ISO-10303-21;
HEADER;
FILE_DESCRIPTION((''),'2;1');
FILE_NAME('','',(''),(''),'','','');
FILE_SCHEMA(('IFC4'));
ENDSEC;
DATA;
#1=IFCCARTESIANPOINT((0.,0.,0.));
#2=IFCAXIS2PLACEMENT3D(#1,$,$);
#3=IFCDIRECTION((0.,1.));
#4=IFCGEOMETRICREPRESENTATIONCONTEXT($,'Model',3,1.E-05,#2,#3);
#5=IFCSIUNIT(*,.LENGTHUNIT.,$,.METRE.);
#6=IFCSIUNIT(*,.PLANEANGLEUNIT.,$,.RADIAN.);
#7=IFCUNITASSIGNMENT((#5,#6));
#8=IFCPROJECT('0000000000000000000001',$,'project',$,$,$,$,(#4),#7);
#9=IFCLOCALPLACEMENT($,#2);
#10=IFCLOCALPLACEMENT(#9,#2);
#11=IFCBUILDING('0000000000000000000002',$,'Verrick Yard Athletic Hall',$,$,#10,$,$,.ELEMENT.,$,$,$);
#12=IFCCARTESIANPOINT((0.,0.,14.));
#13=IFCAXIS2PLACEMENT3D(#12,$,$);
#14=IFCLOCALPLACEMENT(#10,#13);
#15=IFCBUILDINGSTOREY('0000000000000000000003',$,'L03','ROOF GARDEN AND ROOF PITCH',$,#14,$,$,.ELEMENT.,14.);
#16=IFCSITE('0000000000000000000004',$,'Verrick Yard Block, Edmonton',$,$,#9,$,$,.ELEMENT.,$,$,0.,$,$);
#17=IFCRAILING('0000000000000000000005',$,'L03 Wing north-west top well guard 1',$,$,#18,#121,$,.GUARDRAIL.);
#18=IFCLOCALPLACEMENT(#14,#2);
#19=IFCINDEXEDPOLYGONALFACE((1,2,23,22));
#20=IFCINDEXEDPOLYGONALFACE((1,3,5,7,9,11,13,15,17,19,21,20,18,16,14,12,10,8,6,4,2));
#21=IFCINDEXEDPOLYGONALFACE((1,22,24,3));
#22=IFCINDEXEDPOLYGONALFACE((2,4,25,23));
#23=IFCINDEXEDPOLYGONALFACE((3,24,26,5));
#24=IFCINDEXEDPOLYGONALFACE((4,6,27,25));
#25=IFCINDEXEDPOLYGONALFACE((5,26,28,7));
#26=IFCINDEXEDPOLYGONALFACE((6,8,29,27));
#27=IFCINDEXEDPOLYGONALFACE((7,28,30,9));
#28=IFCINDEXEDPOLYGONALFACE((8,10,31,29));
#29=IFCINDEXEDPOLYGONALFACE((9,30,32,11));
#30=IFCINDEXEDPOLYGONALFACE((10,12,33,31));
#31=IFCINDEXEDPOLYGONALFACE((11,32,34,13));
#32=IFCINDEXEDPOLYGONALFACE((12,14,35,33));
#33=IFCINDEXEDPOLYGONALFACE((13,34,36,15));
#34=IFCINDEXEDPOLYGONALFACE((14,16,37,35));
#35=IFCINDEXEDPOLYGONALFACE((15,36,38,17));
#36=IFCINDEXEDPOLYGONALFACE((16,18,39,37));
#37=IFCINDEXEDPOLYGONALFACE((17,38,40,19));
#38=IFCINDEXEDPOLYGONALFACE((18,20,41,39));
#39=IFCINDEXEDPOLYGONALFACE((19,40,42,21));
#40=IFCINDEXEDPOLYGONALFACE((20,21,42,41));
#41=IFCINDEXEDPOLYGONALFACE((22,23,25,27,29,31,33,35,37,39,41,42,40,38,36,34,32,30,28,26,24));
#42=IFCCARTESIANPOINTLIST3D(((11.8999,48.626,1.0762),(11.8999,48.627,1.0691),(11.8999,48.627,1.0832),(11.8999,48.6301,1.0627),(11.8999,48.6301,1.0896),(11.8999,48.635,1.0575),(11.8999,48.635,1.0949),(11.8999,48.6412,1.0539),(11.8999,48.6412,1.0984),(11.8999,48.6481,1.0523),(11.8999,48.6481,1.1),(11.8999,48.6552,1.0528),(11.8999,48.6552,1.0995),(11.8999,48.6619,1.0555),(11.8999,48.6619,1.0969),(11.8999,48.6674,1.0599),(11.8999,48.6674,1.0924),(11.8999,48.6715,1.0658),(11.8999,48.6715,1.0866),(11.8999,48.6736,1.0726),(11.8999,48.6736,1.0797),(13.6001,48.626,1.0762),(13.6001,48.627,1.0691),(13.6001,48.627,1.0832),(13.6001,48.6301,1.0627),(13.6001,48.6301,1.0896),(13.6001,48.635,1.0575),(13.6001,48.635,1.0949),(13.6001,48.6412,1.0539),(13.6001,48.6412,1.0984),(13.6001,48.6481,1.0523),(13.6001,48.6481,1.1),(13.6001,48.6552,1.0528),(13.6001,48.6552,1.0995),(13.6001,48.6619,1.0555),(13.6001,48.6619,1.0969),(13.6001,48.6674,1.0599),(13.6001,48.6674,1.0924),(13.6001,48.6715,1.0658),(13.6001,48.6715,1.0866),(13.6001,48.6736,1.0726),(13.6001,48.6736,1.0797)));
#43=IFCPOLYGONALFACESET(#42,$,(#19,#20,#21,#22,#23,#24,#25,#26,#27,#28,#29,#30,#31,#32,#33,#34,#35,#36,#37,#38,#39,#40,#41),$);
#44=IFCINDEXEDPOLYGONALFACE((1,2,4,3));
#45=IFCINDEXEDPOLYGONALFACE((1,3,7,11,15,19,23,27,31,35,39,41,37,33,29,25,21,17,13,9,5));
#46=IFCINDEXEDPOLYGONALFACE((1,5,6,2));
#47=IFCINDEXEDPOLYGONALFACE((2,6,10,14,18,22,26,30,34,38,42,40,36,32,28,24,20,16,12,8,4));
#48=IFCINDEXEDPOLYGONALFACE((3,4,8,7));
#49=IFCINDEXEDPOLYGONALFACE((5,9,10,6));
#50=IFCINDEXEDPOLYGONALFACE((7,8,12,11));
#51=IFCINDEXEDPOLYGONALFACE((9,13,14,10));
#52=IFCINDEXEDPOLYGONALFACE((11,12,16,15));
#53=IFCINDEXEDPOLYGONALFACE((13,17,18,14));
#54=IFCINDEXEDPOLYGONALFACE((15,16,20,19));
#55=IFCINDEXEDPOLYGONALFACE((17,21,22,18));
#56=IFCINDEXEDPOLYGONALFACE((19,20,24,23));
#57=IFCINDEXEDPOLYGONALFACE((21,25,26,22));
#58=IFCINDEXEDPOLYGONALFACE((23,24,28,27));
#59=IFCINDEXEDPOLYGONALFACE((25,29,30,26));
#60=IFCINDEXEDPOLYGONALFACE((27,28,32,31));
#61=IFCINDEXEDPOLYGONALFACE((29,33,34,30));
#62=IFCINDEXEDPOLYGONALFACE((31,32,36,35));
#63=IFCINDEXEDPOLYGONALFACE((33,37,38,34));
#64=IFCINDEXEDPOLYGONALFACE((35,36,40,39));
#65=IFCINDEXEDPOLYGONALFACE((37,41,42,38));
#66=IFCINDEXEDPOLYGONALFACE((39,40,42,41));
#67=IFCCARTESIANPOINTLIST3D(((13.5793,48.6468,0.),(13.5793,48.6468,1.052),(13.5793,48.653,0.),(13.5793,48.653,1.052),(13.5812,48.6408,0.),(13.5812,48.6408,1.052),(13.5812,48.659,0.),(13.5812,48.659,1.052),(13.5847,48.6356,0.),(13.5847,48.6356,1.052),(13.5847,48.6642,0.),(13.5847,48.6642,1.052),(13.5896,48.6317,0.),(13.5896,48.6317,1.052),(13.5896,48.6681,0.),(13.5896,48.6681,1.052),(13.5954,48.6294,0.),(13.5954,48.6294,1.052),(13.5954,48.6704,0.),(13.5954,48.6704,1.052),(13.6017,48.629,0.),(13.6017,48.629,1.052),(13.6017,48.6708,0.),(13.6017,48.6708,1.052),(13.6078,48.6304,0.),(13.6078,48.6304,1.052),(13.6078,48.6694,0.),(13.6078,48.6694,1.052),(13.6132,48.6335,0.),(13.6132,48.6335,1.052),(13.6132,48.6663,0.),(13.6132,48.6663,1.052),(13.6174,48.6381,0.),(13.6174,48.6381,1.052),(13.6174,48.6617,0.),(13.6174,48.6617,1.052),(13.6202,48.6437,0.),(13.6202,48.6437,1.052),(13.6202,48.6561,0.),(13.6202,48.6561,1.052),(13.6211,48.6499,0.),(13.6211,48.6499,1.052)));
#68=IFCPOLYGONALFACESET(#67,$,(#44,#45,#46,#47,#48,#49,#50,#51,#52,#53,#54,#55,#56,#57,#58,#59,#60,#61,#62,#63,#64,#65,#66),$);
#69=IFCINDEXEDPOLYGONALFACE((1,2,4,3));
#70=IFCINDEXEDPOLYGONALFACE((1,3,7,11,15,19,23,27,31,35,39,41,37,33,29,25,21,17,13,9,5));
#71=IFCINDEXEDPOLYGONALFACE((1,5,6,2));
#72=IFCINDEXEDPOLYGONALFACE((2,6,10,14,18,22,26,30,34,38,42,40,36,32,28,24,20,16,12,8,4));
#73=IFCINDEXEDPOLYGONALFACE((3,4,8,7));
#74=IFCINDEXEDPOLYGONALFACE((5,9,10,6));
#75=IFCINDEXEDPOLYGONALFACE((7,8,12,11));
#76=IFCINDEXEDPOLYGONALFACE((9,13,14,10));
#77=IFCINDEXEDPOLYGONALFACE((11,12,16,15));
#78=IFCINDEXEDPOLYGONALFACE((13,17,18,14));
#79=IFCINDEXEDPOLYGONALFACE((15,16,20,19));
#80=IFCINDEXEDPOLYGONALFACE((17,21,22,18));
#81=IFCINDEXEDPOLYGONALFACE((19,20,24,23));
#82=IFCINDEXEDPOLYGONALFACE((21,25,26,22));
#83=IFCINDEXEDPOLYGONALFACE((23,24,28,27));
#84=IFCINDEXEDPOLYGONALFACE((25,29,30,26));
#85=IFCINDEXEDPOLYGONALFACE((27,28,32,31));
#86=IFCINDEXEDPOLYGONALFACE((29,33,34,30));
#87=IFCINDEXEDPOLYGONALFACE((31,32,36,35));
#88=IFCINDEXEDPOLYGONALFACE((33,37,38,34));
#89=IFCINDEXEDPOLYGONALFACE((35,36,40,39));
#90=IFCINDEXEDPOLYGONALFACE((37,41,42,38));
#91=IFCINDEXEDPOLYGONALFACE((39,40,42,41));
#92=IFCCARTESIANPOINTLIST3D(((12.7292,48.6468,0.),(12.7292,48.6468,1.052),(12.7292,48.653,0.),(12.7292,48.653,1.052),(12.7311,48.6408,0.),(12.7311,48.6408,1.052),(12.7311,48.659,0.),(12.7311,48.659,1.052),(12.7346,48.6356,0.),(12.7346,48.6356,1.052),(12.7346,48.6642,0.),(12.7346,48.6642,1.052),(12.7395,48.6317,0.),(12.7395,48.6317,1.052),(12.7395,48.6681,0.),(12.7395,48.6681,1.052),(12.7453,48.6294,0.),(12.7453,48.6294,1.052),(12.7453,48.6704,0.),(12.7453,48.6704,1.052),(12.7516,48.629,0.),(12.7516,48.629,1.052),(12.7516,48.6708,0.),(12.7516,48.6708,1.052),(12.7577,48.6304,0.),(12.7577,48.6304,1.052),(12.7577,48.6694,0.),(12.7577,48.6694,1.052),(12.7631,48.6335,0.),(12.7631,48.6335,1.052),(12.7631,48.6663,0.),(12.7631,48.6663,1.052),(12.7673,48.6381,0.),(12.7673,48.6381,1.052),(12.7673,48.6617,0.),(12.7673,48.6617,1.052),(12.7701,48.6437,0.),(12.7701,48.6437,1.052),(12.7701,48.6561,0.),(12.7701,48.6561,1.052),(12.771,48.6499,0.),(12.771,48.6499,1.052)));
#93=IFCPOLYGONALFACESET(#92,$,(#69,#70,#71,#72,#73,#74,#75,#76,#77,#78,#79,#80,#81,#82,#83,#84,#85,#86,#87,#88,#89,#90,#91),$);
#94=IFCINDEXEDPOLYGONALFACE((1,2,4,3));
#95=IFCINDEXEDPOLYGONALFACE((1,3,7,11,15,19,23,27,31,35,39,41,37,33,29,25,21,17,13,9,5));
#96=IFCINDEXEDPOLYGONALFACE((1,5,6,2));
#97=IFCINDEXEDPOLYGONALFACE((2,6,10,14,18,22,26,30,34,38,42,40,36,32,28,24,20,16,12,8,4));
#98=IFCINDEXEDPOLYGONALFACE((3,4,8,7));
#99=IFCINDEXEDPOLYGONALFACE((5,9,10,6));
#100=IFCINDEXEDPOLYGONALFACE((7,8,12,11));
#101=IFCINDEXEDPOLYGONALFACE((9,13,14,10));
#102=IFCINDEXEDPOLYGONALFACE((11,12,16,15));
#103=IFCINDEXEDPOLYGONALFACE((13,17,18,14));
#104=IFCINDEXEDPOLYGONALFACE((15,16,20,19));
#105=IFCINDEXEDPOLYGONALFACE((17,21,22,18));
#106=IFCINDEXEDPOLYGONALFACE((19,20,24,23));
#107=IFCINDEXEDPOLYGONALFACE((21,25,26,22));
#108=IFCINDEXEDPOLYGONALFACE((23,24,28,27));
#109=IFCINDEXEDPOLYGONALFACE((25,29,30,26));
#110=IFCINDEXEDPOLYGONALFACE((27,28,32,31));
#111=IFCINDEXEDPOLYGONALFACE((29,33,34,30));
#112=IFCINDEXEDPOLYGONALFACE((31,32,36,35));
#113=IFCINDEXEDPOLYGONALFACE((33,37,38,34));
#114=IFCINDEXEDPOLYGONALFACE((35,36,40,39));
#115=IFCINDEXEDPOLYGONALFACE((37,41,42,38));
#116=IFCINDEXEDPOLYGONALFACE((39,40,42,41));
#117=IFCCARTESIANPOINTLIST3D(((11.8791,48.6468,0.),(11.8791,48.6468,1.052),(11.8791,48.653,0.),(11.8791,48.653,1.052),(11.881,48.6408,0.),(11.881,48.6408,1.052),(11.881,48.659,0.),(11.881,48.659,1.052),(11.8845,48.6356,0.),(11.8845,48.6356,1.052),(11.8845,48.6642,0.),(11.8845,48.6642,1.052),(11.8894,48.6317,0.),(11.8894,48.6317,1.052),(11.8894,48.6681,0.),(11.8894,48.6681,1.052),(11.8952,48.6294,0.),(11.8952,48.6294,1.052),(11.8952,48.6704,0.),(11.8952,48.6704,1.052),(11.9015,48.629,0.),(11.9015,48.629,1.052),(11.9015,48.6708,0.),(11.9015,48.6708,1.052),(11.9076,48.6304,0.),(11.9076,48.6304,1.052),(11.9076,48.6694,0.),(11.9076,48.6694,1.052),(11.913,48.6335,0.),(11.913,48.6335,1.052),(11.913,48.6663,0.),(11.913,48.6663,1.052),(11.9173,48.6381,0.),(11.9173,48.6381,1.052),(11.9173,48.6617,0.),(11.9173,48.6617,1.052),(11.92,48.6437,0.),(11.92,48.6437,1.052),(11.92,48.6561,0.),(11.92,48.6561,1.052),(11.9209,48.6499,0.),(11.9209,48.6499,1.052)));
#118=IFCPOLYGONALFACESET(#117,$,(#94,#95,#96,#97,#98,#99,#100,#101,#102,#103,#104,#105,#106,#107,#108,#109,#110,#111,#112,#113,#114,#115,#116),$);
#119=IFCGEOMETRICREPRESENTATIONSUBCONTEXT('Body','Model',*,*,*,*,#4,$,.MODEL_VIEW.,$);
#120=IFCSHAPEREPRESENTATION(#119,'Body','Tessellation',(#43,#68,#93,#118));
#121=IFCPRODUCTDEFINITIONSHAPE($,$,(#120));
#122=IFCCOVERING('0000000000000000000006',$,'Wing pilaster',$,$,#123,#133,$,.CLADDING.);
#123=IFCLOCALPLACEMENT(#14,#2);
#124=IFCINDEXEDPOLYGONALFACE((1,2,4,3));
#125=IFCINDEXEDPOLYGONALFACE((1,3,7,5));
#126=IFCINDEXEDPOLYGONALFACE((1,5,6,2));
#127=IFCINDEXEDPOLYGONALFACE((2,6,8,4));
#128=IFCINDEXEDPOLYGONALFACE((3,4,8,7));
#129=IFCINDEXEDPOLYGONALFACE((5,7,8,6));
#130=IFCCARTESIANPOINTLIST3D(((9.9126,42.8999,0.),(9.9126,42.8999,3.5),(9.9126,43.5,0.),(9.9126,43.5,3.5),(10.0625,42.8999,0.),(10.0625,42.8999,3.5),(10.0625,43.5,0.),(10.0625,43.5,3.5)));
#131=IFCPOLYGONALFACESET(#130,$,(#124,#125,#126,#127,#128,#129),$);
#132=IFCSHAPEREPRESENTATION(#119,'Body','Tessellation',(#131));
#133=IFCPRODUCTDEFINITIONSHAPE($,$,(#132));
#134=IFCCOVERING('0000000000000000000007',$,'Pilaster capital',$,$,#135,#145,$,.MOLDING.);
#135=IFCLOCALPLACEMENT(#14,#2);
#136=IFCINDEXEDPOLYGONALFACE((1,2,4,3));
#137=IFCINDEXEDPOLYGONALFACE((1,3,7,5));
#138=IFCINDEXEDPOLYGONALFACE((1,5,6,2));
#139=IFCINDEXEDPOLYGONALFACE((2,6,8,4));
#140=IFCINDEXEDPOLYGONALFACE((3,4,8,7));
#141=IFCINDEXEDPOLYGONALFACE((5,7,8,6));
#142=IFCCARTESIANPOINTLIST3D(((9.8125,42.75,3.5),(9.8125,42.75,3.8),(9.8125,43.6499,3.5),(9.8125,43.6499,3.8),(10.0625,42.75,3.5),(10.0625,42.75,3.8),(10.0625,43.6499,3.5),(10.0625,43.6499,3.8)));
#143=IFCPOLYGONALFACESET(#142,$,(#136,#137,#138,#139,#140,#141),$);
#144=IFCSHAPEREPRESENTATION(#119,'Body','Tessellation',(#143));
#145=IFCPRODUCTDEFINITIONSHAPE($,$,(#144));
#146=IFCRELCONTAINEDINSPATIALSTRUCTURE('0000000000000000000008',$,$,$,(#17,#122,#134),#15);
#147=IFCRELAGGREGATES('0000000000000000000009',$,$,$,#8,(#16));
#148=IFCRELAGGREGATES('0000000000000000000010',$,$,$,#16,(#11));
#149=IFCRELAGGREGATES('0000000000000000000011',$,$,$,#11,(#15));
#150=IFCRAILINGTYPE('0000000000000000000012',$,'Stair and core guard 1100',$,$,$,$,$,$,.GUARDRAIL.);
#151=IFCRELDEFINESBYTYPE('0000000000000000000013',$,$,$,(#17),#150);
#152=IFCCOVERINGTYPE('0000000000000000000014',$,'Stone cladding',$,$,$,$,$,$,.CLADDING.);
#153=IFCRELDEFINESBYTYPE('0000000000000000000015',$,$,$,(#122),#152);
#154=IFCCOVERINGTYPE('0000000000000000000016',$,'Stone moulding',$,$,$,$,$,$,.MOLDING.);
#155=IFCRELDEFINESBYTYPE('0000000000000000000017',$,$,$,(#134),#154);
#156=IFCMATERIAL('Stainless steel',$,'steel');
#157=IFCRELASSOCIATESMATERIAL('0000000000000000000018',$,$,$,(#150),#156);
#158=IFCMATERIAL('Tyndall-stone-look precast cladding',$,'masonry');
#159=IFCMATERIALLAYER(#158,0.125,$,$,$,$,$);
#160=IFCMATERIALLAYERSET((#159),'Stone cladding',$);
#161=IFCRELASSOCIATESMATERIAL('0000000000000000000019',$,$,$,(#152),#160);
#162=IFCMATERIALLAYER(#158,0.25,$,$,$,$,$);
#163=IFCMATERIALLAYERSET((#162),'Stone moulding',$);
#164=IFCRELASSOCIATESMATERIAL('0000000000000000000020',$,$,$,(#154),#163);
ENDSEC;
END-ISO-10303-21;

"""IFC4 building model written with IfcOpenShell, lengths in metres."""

from ifc_helpers import new_model, si_unit, direction, frame, origin, origin_2d, place, context, subcontext, project, spatial, rectangle, circle, extrude, material, layer, layer_set, type_object, element, save


model = new_model("IFC4")

# Units and contexts
model_context = context("Model", 3, precision=1e-05, world=origin(), true_north=direction((0.0, 1.0)))
body_context = subcontext(model_context, "Body", "Model", "MODEL_VIEW")
ifc_project = project(units=[si_unit("LENGTHUNIT", "METRE"), si_unit("PLANEANGLEUNIT", "RADIAN")], contexts=[model_context])

# Site, building, storey
site_placement = place(None, origin())
site = spatial("IfcSite", under=ifc_project, at=site_placement, Name="Verrick Yard Block, Edmonton", CompositionType="ELEMENT", RefElevation=0.0)
building_placement = place(site_placement, origin())
building = spatial("IfcBuilding", under=site, at=building_placement, Name="Verrick Yard Athletic Hall", CompositionType="ELEMENT")
storey_placement = place(building_placement, frame((0.0, 0.0, 14.0)))
storey = spatial("IfcBuildingStorey", under=building, at=storey_placement, Name="L03", Description="ROOF GARDEN AND ROOF PITCH", CompositionType="ELEMENT", Elevation=14.0)

# Railing
ifc_material_1 = material(Name="Stainless steel", Category="steel")
railing_type = type_object("IfcRailingType", Name="Stair and core guard 1100", PredefinedType="GUARDRAIL", material=ifc_material_1)
railing_placement = place(storey_placement, frame((13.6001, 48.6499, 0.0)))
element("IfcRailing", 1, at=railing_placement, inside=storey, type_object=railing_type, Name="L03 Wing north-west top well guard 1", PredefinedType="GUARDRAIL", context=body_context, shape_type="SweptSolid", body=[
    extrude(circle(Radius=0.0239, at=origin_2d()), frame((0.0, 0.0, 1.0762), z_axis=(-1.0, 0.0, 0.0), x_axis=(0.0, -1.0, 0.0)), (0.0, 0.0, 1.0), 1.7002),
    extrude(circle(Radius=0.021, at=origin_2d()), origin(), (0.0, 0.0, 1.0), 1.052),
    extrude(circle(Radius=0.021, at=origin_2d()), frame((-0.8501, 0.0, 0.0)), (0.0, 0.0, 1.0), 1.052),
    extrude(circle(Radius=0.021, at=origin_2d()), frame((-1.7002, 0.0, 0.0)), (0.0, 0.0, 1.0), 1.052),
])

# Coverings
ifc_material_2 = material(Name="Tyndall-stone-look precast cladding", Category="masonry")
ifc_layer_1 = layer(ifc_material_2, 0.125)
ifc_layer_set_1 = layer_set([ifc_layer_1], Name="Stone cladding")
covering_type_1 = type_object("IfcCoveringType", Name="Stone cladding", PredefinedType="CLADDING", material=ifc_layer_set_1)
covering_1_placement = place(storey_placement, frame((9.9875, 43.2, 0.0), z_axis=(0.0, 0.0, 1.0), x_axis=(0.0, 1.0, 0.0)))
element("IfcCovering", 2, at=covering_1_placement, inside=storey, type_object=covering_type_1, Name="Wing pilaster", PredefinedType="CLADDING", context=body_context, shape_type="SweptSolid", body=[
    extrude(rectangle(XDim=0.6001, YDim=0.1499, at=origin_2d()), origin(), (0.0, 0.0, 1.0), 3.5),
])
ifc_layer_2 = layer(ifc_material_2, 0.25)
ifc_layer_set_2 = layer_set([ifc_layer_2], Name="Stone moulding")
covering_type_2 = type_object("IfcCoveringType", Name="Stone moulding", PredefinedType="MOLDING", material=ifc_layer_set_2)
covering_2_placement = place(storey_placement, frame((9.9375, 43.2, 3.5), z_axis=(0.0, 0.0, 1.0), x_axis=(0.0, 1.0, 0.0)))
element("IfcCovering", 3, at=covering_2_placement, inside=storey, type_object=covering_type_2, Name="Pilaster capital", PredefinedType="MOLDING", context=body_context, shape_type="SweptSolid", body=[
    extrude(rectangle(XDim=0.8999, YDim=0.25, at=origin_2d()), origin(), (0.0, 0.0, 1.0), 0.3),
])

save(model, "model.ifc")
